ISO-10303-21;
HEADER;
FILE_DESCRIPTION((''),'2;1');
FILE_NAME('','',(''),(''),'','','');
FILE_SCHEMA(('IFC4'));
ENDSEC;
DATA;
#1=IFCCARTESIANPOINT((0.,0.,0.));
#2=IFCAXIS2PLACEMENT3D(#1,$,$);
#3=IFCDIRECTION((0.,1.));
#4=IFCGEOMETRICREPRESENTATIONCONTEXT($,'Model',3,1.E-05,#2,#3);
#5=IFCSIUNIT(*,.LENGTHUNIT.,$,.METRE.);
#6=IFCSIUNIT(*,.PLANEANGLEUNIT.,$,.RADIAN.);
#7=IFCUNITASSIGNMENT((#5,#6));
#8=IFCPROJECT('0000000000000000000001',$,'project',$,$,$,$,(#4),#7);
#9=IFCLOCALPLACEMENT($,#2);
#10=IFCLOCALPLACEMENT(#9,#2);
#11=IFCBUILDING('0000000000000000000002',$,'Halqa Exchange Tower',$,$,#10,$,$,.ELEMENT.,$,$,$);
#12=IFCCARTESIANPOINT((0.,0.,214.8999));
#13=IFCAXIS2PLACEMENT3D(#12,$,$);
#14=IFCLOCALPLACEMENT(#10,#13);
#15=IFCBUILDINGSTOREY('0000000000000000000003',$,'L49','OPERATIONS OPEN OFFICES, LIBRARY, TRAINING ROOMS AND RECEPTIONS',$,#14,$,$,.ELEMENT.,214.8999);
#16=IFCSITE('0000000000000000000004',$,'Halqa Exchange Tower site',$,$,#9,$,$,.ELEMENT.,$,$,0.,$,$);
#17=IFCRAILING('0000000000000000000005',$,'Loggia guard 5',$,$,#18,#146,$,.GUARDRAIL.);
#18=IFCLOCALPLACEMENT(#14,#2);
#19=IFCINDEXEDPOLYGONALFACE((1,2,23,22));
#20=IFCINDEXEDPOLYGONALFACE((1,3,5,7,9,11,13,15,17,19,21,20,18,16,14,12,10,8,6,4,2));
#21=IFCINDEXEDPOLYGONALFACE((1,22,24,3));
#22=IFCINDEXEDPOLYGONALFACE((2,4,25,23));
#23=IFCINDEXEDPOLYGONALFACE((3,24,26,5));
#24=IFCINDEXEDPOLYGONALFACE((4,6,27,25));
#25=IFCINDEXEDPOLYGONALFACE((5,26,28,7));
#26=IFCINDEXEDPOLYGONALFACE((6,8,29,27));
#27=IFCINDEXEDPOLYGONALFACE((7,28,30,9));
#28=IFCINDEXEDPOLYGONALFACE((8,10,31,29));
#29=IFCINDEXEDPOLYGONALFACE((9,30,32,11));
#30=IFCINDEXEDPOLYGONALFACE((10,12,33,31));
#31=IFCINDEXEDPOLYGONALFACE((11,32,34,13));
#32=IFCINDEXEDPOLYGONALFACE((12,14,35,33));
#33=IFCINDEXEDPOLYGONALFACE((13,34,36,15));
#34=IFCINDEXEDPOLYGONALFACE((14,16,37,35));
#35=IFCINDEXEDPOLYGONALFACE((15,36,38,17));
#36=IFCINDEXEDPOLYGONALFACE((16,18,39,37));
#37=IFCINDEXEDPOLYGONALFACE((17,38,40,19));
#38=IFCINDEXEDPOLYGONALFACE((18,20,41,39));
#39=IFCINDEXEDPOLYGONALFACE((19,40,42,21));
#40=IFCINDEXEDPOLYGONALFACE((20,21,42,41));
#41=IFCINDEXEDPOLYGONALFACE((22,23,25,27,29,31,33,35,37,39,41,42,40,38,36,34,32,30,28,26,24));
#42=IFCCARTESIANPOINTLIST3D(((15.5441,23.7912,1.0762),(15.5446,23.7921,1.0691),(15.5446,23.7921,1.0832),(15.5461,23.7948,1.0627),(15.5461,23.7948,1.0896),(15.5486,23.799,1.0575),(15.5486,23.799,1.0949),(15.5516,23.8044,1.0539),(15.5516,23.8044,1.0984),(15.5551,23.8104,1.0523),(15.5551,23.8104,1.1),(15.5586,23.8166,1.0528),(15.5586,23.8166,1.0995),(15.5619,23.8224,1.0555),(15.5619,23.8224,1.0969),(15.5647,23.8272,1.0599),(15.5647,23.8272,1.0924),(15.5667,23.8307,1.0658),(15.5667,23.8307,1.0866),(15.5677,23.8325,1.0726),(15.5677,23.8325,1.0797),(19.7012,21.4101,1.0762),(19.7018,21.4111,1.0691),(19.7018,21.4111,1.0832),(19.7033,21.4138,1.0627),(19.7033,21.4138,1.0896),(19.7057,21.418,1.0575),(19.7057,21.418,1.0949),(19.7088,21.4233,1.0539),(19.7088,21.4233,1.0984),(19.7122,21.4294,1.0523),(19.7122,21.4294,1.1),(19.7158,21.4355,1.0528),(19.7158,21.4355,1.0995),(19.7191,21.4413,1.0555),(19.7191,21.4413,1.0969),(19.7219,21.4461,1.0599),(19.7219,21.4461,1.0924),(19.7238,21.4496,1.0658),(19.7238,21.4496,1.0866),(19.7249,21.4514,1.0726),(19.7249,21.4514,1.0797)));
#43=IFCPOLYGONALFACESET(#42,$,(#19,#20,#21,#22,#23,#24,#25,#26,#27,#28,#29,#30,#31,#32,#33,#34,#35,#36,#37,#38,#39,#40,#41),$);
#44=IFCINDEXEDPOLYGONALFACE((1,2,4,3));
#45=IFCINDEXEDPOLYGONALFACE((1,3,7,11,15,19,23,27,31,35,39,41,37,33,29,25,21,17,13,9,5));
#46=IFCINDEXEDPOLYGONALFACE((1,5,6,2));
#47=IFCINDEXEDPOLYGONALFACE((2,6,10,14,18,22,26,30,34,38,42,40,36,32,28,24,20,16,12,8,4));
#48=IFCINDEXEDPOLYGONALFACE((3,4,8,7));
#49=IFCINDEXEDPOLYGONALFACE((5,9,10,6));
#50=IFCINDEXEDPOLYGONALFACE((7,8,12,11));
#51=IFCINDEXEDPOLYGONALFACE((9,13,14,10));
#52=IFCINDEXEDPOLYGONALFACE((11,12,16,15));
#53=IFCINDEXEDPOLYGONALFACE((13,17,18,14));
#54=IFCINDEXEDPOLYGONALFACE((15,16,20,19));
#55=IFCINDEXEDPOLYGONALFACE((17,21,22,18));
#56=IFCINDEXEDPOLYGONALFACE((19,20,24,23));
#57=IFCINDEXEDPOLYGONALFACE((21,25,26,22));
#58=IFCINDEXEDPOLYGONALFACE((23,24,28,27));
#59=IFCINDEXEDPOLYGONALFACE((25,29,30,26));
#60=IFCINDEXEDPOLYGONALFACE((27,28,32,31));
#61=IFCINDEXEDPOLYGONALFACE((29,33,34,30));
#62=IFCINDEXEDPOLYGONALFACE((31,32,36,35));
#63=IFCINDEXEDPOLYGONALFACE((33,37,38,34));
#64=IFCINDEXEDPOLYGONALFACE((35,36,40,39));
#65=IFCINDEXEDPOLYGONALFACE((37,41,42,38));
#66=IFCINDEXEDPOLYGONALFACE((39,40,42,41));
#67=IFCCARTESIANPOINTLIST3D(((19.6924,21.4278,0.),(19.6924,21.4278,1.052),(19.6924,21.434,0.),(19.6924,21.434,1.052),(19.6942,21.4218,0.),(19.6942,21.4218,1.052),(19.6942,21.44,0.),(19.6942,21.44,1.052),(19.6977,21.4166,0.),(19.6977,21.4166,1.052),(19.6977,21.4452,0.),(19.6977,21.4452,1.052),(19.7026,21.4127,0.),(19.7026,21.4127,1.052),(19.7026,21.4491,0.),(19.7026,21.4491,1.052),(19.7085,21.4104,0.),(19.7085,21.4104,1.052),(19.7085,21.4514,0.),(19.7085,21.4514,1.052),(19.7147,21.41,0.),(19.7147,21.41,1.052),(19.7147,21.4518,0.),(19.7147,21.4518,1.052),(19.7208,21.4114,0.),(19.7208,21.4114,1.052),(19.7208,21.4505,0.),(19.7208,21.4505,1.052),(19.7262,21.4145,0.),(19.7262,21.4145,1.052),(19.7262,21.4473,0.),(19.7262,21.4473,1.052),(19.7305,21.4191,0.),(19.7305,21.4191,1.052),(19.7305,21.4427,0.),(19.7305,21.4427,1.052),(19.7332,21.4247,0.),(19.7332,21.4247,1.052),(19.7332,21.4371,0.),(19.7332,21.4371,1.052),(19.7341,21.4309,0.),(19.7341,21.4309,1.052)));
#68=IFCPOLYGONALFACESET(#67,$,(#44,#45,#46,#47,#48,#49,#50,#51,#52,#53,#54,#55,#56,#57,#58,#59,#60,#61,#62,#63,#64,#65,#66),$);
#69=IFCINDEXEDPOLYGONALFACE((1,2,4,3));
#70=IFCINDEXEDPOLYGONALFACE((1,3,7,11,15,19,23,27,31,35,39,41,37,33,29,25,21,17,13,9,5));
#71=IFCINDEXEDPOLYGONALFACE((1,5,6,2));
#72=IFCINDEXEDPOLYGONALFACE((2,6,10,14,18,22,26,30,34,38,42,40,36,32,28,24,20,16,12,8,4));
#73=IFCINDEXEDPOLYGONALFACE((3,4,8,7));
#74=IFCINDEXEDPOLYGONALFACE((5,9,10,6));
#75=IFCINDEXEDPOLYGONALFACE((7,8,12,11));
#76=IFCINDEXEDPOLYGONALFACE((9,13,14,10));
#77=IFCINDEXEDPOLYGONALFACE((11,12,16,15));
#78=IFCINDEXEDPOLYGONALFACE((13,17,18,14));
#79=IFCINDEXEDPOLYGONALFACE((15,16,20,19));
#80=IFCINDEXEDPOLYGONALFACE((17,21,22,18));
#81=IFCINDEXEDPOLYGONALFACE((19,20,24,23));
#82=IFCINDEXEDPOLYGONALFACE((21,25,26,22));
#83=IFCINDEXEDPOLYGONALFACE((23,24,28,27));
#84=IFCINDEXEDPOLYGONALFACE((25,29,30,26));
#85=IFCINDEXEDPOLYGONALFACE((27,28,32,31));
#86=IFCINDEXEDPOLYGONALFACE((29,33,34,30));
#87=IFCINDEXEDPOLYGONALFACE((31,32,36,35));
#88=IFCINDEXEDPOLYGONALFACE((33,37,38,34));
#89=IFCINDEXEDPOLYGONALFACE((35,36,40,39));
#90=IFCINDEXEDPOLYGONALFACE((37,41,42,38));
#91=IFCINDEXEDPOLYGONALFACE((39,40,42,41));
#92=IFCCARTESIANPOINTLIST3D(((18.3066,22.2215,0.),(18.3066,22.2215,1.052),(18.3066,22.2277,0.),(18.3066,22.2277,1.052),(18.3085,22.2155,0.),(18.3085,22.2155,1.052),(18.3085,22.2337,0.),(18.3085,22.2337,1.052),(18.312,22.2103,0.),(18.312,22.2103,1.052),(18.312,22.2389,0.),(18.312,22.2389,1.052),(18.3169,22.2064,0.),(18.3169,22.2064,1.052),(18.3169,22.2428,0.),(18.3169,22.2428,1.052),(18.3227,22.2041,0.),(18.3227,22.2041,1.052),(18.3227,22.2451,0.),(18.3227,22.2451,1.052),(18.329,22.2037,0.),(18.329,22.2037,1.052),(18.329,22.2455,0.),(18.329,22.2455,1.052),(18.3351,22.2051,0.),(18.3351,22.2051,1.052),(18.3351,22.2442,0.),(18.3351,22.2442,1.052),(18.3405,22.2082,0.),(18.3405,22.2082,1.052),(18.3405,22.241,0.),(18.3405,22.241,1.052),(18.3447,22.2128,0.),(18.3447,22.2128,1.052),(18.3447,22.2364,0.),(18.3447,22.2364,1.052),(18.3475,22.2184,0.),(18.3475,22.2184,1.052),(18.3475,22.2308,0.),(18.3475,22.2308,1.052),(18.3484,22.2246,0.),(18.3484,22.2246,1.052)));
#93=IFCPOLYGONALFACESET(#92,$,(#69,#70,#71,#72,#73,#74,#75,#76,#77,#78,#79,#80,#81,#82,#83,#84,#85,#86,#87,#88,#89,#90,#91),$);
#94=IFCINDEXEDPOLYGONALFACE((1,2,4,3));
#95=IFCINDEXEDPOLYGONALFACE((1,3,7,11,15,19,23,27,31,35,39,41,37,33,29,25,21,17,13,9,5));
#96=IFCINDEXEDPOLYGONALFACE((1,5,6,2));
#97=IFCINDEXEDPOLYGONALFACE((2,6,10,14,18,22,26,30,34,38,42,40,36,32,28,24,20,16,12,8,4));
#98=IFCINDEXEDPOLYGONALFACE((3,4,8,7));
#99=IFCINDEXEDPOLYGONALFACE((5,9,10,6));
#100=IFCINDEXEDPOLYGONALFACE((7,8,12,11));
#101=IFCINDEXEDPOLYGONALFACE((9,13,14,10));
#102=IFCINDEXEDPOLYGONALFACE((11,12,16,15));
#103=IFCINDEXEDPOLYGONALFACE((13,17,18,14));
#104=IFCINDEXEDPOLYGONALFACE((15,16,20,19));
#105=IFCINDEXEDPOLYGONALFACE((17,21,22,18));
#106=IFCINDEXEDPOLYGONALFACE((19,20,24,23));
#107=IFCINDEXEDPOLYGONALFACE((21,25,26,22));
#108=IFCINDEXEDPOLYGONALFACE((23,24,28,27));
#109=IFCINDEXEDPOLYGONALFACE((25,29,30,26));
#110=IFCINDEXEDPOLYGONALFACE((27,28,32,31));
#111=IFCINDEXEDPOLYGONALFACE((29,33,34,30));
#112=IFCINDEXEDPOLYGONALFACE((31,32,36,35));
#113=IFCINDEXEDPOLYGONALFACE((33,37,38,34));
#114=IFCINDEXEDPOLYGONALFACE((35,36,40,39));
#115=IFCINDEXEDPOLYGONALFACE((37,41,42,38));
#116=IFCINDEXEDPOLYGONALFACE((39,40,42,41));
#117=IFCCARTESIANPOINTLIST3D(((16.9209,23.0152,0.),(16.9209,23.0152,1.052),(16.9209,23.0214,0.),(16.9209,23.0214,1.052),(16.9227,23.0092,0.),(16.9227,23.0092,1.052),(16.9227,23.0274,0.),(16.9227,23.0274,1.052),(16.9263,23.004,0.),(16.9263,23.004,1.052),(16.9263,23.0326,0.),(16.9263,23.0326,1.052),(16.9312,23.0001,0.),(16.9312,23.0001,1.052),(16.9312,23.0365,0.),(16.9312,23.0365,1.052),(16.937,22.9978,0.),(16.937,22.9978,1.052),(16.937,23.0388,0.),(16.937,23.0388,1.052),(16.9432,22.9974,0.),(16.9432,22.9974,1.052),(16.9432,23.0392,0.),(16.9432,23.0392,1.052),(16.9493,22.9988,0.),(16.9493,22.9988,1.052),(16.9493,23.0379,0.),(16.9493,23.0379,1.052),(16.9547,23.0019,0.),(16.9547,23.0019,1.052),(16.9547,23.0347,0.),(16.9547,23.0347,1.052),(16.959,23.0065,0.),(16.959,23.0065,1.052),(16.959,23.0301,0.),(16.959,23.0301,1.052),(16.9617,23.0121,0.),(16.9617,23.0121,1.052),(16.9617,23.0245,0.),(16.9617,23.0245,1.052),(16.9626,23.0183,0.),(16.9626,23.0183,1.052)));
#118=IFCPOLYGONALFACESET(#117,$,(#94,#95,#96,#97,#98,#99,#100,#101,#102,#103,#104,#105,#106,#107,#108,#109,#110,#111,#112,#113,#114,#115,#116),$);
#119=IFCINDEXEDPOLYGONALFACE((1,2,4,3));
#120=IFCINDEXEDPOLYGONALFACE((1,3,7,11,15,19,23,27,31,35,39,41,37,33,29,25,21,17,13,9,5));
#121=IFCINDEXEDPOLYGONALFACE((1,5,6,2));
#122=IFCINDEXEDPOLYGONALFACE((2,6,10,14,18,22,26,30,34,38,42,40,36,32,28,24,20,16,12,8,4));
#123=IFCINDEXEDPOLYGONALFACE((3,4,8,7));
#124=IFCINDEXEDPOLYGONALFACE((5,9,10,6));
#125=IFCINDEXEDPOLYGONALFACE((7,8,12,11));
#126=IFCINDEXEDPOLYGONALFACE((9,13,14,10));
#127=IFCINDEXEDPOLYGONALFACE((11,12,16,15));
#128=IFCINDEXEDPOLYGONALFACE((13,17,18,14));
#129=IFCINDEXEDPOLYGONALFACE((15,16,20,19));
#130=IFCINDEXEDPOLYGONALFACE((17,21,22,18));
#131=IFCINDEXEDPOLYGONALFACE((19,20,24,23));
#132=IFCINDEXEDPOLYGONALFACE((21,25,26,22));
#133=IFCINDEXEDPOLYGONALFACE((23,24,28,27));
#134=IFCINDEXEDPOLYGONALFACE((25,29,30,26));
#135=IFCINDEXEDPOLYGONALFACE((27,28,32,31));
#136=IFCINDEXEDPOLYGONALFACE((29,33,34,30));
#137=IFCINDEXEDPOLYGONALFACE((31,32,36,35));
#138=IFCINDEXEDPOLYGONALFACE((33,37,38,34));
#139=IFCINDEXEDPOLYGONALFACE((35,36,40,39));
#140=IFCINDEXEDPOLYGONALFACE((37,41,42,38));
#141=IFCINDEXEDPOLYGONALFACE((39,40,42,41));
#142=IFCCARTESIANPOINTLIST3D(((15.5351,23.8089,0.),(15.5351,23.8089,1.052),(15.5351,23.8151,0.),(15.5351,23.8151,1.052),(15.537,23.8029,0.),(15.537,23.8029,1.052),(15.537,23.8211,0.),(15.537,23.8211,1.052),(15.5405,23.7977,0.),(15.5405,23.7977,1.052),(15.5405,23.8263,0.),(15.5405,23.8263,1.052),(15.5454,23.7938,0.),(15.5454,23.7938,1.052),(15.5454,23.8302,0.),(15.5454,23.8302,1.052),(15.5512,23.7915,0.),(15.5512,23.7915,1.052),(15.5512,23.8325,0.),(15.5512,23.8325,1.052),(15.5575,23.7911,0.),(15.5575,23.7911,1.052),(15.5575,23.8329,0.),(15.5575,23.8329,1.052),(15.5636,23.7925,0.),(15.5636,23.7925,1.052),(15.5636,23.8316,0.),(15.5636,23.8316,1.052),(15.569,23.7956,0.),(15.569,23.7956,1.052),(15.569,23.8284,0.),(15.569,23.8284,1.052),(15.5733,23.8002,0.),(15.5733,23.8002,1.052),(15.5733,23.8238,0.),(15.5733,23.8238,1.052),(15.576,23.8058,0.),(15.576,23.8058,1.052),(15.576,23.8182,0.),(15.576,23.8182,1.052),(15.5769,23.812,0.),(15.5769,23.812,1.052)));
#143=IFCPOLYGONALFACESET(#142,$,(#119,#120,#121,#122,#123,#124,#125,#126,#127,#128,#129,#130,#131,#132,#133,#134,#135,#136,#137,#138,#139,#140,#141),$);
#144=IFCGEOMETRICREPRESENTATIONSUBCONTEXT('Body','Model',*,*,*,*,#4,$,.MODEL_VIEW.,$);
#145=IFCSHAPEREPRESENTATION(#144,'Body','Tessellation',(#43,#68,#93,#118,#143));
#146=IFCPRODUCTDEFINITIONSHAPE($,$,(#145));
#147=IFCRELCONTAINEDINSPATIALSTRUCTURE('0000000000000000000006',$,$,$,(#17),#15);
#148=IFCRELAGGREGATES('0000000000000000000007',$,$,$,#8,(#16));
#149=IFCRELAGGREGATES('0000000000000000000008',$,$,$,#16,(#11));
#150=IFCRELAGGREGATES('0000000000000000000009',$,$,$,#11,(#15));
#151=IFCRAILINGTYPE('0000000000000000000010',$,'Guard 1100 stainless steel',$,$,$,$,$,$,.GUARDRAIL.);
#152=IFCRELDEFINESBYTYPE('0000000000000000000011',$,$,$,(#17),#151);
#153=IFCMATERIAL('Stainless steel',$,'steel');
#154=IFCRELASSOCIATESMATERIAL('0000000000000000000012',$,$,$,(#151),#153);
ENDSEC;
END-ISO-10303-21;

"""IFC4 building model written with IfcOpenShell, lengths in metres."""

from ifc_helpers import new_model, si_unit, direction, frame, origin, origin_2d, place, context, subcontext, project, spatial, circle, extrude, material, type_object, element, save


model = new_model("IFC4")

# Units and contexts
model_context = context("Model", 3, precision=1e-05, world=origin(), true_north=direction((0.0, 1.0)))
body_context = subcontext(model_context, "Body", "Model", "MODEL_VIEW")
ifc_project = project(units=[si_unit("LENGTHUNIT", "METRE"), si_unit("PLANEANGLEUNIT", "RADIAN")], contexts=[model_context])

# Site, building, storey
site_placement = place(None, origin())
site = spatial("IfcSite", under=ifc_project, at=site_placement, Name="Halqa Exchange Tower site", CompositionType="ELEMENT", RefElevation=0.0)
building_placement = place(site_placement, origin())
building = spatial("IfcBuilding", under=site, at=building_placement, Name="Halqa Exchange Tower", CompositionType="ELEMENT")
storey_placement = place(building_placement, frame((0.0, 0.0, 214.8999)))
storey = spatial("IfcBuildingStorey", under=building, at=storey_placement, Name="L49", Description="OPERATIONS OPEN OFFICES, LIBRARY, TRAINING ROOMS AND RECEPTIONS", CompositionType="ELEMENT", Elevation=214.8999)

# Railing
ifc_material_1 = material(Name="Stainless steel", Category="steel")
railing_type = type_object("IfcRailingType", Name="Guard 1100 stainless steel", PredefinedType="GUARDRAIL", material=ifc_material_1)
railing_1_placement = place(storey_placement, frame((19.7131, 21.4309, 0.0)))
element("IfcRailing", 1, at=railing_1_placement, inside=storey, type_object=railing_type, Name="Loggia guard 5", PredefinedType="GUARDRAIL", context=body_context, shape_type="SweptSolid", body=[
    extrude(circle(Radius=0.0239, at=origin_2d()), frame((0.0, 0.0, 1.0762), z_axis=(-0.867744, 0.497011, 0.0), x_axis=(-0.497011, -0.867744, 0.0)), (0.0, 0.0, 1.0), 4.7908),
    extrude(circle(Radius=0.021, at=origin_2d()), origin(), (0.0, 0.0, 1.0), 1.052),
    extrude(circle(Radius=0.021, at=origin_2d()), frame((-1.3857, 0.7937, 0.0)), (0.0, 0.0, 1.0), 1.052),
    extrude(circle(Radius=0.021, at=origin_2d()), frame((-2.7715, 1.5874, 0.0)), (0.0, 0.0, 1.0), 1.052),
    extrude(circle(Radius=0.021, at=origin_2d()), frame((-4.1572, 2.3811, 0.0)), (0.0, 0.0, 1.0), 1.052),
])

save(model, "model.ifc")
